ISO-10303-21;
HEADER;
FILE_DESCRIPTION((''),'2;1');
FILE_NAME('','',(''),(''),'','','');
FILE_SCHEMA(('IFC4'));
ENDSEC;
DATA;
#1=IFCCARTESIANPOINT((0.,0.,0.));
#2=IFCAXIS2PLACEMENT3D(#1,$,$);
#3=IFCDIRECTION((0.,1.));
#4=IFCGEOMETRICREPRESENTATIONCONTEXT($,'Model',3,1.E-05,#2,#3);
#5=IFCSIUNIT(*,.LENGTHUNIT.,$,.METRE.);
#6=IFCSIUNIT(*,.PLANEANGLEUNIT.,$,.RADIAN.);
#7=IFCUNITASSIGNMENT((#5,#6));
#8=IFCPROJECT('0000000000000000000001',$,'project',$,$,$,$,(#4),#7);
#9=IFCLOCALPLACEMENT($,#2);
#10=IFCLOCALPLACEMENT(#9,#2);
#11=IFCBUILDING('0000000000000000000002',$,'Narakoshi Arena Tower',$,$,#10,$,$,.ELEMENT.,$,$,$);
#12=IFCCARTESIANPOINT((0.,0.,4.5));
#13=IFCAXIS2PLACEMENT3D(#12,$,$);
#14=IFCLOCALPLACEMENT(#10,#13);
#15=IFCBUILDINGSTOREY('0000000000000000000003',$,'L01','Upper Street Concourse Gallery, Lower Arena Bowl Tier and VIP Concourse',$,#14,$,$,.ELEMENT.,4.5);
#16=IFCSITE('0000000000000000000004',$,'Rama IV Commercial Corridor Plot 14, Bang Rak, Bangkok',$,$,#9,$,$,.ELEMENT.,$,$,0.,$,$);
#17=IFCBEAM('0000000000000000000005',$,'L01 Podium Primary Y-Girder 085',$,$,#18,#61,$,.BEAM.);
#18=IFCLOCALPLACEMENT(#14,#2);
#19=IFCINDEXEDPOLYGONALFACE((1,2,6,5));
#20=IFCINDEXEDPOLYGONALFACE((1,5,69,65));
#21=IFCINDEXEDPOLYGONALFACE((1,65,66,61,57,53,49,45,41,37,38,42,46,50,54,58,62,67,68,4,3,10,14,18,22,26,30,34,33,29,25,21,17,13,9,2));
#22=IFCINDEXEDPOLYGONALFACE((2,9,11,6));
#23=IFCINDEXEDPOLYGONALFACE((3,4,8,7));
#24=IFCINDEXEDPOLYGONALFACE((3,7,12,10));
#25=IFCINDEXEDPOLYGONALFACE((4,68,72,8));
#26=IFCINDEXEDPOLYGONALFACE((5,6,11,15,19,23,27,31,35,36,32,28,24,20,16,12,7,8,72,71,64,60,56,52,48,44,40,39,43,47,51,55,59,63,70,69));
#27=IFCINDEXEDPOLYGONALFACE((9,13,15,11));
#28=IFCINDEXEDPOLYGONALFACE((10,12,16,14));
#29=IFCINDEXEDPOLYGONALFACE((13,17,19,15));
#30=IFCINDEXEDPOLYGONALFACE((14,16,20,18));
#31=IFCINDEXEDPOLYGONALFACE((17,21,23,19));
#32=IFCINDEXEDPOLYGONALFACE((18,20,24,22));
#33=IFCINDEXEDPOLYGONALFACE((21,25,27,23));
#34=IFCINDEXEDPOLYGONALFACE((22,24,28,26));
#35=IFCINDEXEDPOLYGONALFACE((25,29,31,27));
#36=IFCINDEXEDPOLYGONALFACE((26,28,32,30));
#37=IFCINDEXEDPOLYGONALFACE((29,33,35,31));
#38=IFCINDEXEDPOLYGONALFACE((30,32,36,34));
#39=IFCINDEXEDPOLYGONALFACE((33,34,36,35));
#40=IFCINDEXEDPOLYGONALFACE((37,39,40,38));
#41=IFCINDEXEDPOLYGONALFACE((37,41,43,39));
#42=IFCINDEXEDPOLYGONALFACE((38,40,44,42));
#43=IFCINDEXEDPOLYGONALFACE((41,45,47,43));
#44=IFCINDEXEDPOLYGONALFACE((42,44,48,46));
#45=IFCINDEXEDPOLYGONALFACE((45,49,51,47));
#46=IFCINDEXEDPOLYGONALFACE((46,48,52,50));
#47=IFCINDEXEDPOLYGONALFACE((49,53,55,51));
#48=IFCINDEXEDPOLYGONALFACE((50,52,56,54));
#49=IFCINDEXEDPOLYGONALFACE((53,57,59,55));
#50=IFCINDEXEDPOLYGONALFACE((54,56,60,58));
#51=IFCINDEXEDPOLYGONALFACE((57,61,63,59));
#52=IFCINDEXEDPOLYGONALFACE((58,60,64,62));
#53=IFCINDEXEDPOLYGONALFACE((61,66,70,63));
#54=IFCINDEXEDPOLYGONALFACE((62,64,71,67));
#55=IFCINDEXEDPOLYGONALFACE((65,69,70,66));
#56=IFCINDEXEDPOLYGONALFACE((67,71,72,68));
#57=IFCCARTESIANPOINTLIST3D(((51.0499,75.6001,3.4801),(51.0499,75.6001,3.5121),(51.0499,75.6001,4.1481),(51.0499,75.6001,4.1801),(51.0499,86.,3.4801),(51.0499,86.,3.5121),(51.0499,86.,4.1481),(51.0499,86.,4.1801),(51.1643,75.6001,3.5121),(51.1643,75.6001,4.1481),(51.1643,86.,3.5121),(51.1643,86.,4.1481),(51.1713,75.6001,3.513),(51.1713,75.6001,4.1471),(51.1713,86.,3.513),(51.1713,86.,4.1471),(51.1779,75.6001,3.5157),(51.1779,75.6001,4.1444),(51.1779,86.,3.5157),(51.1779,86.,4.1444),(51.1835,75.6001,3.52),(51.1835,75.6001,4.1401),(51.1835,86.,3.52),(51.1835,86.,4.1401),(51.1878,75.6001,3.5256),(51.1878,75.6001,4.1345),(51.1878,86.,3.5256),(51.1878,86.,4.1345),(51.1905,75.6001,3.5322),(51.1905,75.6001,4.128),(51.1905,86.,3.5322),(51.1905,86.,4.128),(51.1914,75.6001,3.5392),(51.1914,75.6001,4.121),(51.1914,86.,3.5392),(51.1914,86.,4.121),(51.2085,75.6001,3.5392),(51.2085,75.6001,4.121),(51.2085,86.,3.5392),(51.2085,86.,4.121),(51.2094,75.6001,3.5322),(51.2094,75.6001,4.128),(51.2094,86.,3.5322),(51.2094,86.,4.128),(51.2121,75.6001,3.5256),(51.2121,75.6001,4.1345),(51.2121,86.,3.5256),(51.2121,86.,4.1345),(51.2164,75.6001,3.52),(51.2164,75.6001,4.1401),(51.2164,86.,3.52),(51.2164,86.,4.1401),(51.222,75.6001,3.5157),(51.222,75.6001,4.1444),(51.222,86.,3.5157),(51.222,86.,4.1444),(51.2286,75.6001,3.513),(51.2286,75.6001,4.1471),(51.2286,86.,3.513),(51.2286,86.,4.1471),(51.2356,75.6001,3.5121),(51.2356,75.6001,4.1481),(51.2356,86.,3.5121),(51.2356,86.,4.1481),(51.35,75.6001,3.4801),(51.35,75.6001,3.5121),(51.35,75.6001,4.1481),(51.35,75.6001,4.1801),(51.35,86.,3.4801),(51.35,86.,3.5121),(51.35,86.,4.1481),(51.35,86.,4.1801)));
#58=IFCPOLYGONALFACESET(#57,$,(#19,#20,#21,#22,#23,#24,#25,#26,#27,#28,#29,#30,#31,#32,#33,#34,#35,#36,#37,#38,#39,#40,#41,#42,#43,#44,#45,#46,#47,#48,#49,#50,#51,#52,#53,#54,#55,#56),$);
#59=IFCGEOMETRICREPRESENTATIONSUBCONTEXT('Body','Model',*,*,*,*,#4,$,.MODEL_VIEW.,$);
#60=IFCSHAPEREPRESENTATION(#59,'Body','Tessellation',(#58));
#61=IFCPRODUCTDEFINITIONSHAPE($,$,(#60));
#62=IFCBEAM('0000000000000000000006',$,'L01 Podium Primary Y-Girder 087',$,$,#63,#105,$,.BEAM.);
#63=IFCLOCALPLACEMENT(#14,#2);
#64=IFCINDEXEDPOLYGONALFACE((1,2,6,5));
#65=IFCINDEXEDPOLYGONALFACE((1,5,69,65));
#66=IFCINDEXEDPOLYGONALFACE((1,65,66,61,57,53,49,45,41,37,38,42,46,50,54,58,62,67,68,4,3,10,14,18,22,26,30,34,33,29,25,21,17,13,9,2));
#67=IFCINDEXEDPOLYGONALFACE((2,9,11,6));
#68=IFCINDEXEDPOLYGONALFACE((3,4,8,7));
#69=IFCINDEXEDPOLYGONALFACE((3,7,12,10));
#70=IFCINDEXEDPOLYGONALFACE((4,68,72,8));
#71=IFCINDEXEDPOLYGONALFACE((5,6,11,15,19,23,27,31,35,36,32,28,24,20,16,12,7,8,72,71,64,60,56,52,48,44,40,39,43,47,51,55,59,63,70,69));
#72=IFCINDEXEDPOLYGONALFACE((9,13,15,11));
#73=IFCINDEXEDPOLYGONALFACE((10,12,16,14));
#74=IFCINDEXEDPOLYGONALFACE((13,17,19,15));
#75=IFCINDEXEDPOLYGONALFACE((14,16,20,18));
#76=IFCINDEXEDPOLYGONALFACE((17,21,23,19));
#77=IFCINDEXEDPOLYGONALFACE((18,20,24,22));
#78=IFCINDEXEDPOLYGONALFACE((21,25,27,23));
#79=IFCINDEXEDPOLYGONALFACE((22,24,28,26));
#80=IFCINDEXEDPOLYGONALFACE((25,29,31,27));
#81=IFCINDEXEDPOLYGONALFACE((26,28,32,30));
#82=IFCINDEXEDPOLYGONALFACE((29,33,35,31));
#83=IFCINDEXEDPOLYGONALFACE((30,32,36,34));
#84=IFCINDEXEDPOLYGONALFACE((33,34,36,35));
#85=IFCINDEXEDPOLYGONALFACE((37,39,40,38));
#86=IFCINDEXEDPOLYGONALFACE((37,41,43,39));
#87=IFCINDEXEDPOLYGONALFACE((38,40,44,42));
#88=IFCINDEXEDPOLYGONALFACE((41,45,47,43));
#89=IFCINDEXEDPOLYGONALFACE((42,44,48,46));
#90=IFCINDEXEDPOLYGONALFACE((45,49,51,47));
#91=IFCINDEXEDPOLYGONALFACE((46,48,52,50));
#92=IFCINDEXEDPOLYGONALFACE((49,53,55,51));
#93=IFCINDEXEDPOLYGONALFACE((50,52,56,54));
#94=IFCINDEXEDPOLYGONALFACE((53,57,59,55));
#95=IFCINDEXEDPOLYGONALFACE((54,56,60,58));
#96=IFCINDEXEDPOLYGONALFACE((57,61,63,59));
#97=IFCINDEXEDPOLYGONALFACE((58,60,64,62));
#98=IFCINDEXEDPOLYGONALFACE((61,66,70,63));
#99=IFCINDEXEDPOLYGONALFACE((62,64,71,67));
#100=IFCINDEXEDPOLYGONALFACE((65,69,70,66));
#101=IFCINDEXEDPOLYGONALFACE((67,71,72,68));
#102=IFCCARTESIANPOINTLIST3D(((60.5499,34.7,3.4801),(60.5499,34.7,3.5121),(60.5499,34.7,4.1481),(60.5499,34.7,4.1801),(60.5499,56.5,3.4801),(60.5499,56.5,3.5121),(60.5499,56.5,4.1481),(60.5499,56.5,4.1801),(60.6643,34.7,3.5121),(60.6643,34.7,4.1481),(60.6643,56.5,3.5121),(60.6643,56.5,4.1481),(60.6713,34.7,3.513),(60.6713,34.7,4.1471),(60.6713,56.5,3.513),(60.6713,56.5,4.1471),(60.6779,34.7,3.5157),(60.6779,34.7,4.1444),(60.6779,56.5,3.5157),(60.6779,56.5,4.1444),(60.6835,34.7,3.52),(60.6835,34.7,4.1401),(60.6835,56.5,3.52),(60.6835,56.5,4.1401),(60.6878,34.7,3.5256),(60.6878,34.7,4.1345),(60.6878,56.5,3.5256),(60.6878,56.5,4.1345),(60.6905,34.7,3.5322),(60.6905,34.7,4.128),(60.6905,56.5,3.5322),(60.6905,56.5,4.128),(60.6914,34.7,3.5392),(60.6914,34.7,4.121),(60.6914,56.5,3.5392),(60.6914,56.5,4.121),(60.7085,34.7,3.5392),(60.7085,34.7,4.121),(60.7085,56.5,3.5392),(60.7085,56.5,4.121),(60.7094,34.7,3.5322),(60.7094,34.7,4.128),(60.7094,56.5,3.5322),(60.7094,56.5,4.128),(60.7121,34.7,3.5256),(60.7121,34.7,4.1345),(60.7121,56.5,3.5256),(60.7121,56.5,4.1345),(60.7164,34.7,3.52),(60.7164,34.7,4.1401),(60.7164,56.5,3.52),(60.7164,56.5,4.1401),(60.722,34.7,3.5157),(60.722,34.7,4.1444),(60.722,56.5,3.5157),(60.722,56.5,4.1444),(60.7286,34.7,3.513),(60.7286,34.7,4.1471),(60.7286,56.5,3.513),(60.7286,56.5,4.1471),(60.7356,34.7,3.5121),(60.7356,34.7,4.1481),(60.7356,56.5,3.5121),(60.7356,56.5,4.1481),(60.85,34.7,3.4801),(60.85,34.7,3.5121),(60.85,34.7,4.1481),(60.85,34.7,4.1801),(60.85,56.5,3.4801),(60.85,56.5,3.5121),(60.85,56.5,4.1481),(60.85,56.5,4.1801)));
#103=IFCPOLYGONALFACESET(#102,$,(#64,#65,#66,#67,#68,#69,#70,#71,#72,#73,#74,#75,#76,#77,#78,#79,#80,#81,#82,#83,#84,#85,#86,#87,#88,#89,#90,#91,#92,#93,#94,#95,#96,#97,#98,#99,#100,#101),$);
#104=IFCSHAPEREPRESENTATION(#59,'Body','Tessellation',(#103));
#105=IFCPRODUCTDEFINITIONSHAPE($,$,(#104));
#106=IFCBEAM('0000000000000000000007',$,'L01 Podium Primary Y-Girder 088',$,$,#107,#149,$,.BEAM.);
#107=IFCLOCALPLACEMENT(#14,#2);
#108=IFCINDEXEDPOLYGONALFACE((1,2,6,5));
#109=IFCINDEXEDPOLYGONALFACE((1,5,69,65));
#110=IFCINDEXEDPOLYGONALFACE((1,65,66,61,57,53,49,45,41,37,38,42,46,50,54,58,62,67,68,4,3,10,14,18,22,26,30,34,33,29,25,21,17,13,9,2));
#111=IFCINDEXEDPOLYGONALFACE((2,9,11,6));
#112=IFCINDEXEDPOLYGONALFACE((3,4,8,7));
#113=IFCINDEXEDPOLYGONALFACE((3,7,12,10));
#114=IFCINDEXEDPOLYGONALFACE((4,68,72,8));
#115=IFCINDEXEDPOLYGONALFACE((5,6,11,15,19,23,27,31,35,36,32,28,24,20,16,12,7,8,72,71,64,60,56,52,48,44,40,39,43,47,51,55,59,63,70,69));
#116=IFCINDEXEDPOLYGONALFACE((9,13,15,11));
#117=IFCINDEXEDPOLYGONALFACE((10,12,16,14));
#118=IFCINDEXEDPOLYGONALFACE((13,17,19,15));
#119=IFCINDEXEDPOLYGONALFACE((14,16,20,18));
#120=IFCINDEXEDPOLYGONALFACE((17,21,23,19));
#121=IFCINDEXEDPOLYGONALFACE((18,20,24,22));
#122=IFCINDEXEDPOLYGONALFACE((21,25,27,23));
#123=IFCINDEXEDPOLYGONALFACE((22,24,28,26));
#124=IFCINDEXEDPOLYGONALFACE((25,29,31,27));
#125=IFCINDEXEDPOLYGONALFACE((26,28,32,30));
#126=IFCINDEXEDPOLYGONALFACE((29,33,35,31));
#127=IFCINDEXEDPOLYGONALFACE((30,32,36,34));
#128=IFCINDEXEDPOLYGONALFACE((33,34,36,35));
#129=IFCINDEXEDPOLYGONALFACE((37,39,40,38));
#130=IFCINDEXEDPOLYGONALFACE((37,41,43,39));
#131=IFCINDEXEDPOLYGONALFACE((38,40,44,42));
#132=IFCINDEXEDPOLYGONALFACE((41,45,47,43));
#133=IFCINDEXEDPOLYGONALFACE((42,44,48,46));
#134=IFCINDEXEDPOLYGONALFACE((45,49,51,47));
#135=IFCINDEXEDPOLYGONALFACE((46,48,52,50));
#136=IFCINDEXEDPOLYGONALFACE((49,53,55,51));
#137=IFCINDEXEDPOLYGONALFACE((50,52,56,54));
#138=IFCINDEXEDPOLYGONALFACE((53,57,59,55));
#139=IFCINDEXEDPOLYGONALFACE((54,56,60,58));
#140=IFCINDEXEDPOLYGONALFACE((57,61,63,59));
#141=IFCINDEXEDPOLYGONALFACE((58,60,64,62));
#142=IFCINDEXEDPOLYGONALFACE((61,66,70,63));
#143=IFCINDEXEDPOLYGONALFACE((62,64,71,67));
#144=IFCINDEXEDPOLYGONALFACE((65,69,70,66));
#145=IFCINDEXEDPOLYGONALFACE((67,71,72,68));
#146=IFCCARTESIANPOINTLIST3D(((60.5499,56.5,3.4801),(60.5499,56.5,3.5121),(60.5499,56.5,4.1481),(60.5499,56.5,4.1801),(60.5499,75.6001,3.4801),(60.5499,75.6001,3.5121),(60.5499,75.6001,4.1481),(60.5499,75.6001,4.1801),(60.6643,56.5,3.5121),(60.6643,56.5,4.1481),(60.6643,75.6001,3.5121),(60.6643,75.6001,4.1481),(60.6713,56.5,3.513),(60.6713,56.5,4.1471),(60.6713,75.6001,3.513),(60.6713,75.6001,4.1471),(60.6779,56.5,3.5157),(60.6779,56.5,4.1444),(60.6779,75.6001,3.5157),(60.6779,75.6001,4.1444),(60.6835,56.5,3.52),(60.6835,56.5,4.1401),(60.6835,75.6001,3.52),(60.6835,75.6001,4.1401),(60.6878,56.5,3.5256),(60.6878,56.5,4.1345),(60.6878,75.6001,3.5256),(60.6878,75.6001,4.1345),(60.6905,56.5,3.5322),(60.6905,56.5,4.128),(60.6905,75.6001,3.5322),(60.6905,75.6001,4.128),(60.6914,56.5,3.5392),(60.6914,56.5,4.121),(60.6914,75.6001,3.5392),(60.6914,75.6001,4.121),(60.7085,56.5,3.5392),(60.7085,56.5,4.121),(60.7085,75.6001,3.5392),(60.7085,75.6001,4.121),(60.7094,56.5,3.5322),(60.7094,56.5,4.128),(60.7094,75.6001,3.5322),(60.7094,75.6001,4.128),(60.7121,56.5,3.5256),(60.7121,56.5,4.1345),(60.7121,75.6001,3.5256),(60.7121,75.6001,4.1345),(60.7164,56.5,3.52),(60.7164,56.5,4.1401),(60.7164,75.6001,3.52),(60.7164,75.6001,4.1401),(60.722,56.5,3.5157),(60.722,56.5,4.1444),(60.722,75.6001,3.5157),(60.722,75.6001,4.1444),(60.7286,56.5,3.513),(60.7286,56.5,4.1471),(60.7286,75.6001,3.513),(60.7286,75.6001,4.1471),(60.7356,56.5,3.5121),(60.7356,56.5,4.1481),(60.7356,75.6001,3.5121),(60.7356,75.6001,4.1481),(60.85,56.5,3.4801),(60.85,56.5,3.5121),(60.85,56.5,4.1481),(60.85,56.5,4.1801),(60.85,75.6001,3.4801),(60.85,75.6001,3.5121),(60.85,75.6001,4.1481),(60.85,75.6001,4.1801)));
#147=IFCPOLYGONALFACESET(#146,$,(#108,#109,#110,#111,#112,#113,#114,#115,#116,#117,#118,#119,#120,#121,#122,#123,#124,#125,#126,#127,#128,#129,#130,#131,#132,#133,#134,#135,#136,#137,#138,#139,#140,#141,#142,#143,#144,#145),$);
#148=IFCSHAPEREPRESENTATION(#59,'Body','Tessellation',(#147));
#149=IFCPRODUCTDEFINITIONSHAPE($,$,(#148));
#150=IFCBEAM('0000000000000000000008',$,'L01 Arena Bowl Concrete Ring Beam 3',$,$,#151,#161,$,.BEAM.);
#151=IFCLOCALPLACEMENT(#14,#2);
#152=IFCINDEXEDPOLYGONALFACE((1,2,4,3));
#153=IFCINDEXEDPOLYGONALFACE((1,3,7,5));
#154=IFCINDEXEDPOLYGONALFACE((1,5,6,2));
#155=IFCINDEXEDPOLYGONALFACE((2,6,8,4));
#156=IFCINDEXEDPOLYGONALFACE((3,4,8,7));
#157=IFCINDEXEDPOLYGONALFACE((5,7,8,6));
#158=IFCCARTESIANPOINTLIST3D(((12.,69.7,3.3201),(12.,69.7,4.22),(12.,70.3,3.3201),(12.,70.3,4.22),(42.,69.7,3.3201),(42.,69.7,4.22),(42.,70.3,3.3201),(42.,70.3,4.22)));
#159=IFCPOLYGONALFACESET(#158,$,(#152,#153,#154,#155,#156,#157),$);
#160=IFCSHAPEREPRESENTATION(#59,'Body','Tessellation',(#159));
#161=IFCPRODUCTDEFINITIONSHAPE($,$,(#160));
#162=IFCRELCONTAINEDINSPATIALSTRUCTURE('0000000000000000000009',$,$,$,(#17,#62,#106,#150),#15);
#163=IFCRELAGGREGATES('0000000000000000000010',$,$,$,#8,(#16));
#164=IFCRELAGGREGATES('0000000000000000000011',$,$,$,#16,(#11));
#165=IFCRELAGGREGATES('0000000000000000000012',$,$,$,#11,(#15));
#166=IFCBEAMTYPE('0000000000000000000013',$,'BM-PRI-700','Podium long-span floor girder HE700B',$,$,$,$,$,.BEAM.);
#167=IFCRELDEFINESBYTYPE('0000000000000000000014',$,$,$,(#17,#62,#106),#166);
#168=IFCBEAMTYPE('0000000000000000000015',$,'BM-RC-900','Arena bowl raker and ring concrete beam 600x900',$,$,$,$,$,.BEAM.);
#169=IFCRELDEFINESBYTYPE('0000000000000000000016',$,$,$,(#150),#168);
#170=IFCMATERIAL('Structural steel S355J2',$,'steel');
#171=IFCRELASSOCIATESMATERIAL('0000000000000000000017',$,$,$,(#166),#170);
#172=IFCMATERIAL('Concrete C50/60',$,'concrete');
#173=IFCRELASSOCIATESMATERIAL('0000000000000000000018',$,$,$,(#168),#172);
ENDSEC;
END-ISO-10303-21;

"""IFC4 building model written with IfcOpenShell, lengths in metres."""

from ifc_helpers import new_model, si_unit, direction, frame, origin, origin_2d, place, context, subcontext, project, spatial, rectangle, i_section, extrude, material, material_profile, profile_set, type_object, element, save


model = new_model("IFC4")

# Units and contexts
model_context = context("Model", 3, precision=1e-05, world=origin(), true_north=direction((0.0, 1.0)))
body_context = subcontext(model_context, "Body", "Model", "MODEL_VIEW")
ifc_project = project(units=[si_unit("LENGTHUNIT", "METRE"), si_unit("PLANEANGLEUNIT", "RADIAN")], contexts=[model_context])

# Site, building, storey
site_placement = place(None, origin())
site = spatial("IfcSite", under=ifc_project, at=site_placement, Name="Rama IV Commercial Corridor Plot 14, Bang Rak, Bangkok", CompositionType="ELEMENT", RefElevation=0.0)
building_placement = place(site_placement, origin())
building = spatial("IfcBuilding", under=site, at=building_placement, Name="Narakoshi Arena Tower", CompositionType="ELEMENT")
storey_placement = place(building_placement, frame((0.0, 0.0, 4.5)))
storey = spatial("IfcBuildingStorey", under=building, at=storey_placement, Name="L01", Description="Upper Street Concourse Gallery, Lower Arena Bowl Tier and VIP Concourse", CompositionType="ELEMENT", Elevation=4.5)

# Shared definitions
ifc_material_1 = material(Name="Concrete C50/60", Category="concrete")

# Beams
ifc_material_2 = material(Name="Structural steel S355J2", Category="steel")
ifc_material_profile_1 = material_profile(ifc_material_2, i_section(OverallWidth=0.3, OverallDepth=0.7, WebThickness=0.0171, FlangeThickness=0.032, FilletRadius=0.0271, at=origin_2d()), Name="HE700B")
ifc_profile_set_1 = profile_set([ifc_material_profile_1], Name="Structural steel S355J2")
beam_type_1 = type_object("IfcBeamType", Name="BM-PRI-700", Description="Podium long-span floor girder HE700B", PredefinedType="BEAM", material=ifc_profile_set_1)
beam_1_placement = place(storey_placement, frame((51.2, 75.6001, 3.8301), z_axis=(0.0, 1.0, 0.0), x_axis=(-1.0, 0.0, 0.0)))
element("IfcBeam", 1, at=beam_1_placement, inside=storey, type_object=beam_type_1, Name="L01 Podium Primary Y-Girder 085", PredefinedType="BEAM", context=body_context, shape_type="SweptSolid", body=[
    extrude(i_section(OverallWidth=0.3, OverallDepth=0.7, WebThickness=0.0171, FlangeThickness=0.032, FilletRadius=0.0271, at=origin_2d()), origin(), (0.0, 0.0, 1.0), 10.3999),
])
beam_2_placement = place(storey_placement, frame((60.7, 34.7, 3.8301), z_axis=(0.0, 1.0, 0.0), x_axis=(-1.0, 0.0, 0.0)))
element("IfcBeam", 2, at=beam_2_placement, inside=storey, type_object=beam_type_1, Name="L01 Podium Primary Y-Girder 087", PredefinedType="BEAM", context=body_context, shape_type="SweptSolid", body=[
    extrude(i_section(OverallWidth=0.3, OverallDepth=0.7, WebThickness=0.0171, FlangeThickness=0.032, FilletRadius=0.0271, at=origin_2d()), origin(), (0.0, 0.0, 1.0), 21.8),
])
beam_3_placement = place(storey_placement, frame((60.7, 56.5, 3.8301), z_axis=(0.0, 1.0, 0.0), x_axis=(-1.0, 0.0, 0.0)))
element("IfcBeam", 3, at=beam_3_placement, inside=storey, type_object=beam_type_1, Name="L01 Podium Primary Y-Girder 088", PredefinedType="BEAM", context=body_context, shape_type="SweptSolid", body=[
    extrude(i_section(OverallWidth=0.3, OverallDepth=0.7, WebThickness=0.0171, FlangeThickness=0.032, FilletRadius=0.0271, at=origin_2d()), origin(), (0.0, 0.0, 1.0), 19.1001),
])
ifc_material_profile_2 = material_profile(ifc_material_1, rectangle(XDim=0.6001, YDim=0.8999, at=origin_2d()), Name="RCB600x900")
ifc_profile_set_2 = profile_set([ifc_material_profile_2], Name="Concrete C50/60")
beam_type_2 = type_object("IfcBeamType", Name="BM-RC-900", Description="Arena bowl raker and ring concrete beam 600x900", PredefinedType="BEAM", material=ifc_profile_set_2)
beam_4_placement = place(storey_placement, frame((42.0, 70.0, 3.77), z_axis=(-1.0, 0.0, 0.0), x_axis=(0.0, -1.0, 0.0)))
element("IfcBeam", 4, at=beam_4_placement, inside=storey, type_object=beam_type_2, Name="L01 Arena Bowl Concrete Ring Beam 3", PredefinedType="BEAM", context=body_context, shape_type="SweptSolid", body=[
    extrude(rectangle(XDim=0.6001, YDim=0.8999, at=origin_2d()), origin(), (0.0, 0.0, 1.0), 30.0),
])

save(model, "model.ifc")
